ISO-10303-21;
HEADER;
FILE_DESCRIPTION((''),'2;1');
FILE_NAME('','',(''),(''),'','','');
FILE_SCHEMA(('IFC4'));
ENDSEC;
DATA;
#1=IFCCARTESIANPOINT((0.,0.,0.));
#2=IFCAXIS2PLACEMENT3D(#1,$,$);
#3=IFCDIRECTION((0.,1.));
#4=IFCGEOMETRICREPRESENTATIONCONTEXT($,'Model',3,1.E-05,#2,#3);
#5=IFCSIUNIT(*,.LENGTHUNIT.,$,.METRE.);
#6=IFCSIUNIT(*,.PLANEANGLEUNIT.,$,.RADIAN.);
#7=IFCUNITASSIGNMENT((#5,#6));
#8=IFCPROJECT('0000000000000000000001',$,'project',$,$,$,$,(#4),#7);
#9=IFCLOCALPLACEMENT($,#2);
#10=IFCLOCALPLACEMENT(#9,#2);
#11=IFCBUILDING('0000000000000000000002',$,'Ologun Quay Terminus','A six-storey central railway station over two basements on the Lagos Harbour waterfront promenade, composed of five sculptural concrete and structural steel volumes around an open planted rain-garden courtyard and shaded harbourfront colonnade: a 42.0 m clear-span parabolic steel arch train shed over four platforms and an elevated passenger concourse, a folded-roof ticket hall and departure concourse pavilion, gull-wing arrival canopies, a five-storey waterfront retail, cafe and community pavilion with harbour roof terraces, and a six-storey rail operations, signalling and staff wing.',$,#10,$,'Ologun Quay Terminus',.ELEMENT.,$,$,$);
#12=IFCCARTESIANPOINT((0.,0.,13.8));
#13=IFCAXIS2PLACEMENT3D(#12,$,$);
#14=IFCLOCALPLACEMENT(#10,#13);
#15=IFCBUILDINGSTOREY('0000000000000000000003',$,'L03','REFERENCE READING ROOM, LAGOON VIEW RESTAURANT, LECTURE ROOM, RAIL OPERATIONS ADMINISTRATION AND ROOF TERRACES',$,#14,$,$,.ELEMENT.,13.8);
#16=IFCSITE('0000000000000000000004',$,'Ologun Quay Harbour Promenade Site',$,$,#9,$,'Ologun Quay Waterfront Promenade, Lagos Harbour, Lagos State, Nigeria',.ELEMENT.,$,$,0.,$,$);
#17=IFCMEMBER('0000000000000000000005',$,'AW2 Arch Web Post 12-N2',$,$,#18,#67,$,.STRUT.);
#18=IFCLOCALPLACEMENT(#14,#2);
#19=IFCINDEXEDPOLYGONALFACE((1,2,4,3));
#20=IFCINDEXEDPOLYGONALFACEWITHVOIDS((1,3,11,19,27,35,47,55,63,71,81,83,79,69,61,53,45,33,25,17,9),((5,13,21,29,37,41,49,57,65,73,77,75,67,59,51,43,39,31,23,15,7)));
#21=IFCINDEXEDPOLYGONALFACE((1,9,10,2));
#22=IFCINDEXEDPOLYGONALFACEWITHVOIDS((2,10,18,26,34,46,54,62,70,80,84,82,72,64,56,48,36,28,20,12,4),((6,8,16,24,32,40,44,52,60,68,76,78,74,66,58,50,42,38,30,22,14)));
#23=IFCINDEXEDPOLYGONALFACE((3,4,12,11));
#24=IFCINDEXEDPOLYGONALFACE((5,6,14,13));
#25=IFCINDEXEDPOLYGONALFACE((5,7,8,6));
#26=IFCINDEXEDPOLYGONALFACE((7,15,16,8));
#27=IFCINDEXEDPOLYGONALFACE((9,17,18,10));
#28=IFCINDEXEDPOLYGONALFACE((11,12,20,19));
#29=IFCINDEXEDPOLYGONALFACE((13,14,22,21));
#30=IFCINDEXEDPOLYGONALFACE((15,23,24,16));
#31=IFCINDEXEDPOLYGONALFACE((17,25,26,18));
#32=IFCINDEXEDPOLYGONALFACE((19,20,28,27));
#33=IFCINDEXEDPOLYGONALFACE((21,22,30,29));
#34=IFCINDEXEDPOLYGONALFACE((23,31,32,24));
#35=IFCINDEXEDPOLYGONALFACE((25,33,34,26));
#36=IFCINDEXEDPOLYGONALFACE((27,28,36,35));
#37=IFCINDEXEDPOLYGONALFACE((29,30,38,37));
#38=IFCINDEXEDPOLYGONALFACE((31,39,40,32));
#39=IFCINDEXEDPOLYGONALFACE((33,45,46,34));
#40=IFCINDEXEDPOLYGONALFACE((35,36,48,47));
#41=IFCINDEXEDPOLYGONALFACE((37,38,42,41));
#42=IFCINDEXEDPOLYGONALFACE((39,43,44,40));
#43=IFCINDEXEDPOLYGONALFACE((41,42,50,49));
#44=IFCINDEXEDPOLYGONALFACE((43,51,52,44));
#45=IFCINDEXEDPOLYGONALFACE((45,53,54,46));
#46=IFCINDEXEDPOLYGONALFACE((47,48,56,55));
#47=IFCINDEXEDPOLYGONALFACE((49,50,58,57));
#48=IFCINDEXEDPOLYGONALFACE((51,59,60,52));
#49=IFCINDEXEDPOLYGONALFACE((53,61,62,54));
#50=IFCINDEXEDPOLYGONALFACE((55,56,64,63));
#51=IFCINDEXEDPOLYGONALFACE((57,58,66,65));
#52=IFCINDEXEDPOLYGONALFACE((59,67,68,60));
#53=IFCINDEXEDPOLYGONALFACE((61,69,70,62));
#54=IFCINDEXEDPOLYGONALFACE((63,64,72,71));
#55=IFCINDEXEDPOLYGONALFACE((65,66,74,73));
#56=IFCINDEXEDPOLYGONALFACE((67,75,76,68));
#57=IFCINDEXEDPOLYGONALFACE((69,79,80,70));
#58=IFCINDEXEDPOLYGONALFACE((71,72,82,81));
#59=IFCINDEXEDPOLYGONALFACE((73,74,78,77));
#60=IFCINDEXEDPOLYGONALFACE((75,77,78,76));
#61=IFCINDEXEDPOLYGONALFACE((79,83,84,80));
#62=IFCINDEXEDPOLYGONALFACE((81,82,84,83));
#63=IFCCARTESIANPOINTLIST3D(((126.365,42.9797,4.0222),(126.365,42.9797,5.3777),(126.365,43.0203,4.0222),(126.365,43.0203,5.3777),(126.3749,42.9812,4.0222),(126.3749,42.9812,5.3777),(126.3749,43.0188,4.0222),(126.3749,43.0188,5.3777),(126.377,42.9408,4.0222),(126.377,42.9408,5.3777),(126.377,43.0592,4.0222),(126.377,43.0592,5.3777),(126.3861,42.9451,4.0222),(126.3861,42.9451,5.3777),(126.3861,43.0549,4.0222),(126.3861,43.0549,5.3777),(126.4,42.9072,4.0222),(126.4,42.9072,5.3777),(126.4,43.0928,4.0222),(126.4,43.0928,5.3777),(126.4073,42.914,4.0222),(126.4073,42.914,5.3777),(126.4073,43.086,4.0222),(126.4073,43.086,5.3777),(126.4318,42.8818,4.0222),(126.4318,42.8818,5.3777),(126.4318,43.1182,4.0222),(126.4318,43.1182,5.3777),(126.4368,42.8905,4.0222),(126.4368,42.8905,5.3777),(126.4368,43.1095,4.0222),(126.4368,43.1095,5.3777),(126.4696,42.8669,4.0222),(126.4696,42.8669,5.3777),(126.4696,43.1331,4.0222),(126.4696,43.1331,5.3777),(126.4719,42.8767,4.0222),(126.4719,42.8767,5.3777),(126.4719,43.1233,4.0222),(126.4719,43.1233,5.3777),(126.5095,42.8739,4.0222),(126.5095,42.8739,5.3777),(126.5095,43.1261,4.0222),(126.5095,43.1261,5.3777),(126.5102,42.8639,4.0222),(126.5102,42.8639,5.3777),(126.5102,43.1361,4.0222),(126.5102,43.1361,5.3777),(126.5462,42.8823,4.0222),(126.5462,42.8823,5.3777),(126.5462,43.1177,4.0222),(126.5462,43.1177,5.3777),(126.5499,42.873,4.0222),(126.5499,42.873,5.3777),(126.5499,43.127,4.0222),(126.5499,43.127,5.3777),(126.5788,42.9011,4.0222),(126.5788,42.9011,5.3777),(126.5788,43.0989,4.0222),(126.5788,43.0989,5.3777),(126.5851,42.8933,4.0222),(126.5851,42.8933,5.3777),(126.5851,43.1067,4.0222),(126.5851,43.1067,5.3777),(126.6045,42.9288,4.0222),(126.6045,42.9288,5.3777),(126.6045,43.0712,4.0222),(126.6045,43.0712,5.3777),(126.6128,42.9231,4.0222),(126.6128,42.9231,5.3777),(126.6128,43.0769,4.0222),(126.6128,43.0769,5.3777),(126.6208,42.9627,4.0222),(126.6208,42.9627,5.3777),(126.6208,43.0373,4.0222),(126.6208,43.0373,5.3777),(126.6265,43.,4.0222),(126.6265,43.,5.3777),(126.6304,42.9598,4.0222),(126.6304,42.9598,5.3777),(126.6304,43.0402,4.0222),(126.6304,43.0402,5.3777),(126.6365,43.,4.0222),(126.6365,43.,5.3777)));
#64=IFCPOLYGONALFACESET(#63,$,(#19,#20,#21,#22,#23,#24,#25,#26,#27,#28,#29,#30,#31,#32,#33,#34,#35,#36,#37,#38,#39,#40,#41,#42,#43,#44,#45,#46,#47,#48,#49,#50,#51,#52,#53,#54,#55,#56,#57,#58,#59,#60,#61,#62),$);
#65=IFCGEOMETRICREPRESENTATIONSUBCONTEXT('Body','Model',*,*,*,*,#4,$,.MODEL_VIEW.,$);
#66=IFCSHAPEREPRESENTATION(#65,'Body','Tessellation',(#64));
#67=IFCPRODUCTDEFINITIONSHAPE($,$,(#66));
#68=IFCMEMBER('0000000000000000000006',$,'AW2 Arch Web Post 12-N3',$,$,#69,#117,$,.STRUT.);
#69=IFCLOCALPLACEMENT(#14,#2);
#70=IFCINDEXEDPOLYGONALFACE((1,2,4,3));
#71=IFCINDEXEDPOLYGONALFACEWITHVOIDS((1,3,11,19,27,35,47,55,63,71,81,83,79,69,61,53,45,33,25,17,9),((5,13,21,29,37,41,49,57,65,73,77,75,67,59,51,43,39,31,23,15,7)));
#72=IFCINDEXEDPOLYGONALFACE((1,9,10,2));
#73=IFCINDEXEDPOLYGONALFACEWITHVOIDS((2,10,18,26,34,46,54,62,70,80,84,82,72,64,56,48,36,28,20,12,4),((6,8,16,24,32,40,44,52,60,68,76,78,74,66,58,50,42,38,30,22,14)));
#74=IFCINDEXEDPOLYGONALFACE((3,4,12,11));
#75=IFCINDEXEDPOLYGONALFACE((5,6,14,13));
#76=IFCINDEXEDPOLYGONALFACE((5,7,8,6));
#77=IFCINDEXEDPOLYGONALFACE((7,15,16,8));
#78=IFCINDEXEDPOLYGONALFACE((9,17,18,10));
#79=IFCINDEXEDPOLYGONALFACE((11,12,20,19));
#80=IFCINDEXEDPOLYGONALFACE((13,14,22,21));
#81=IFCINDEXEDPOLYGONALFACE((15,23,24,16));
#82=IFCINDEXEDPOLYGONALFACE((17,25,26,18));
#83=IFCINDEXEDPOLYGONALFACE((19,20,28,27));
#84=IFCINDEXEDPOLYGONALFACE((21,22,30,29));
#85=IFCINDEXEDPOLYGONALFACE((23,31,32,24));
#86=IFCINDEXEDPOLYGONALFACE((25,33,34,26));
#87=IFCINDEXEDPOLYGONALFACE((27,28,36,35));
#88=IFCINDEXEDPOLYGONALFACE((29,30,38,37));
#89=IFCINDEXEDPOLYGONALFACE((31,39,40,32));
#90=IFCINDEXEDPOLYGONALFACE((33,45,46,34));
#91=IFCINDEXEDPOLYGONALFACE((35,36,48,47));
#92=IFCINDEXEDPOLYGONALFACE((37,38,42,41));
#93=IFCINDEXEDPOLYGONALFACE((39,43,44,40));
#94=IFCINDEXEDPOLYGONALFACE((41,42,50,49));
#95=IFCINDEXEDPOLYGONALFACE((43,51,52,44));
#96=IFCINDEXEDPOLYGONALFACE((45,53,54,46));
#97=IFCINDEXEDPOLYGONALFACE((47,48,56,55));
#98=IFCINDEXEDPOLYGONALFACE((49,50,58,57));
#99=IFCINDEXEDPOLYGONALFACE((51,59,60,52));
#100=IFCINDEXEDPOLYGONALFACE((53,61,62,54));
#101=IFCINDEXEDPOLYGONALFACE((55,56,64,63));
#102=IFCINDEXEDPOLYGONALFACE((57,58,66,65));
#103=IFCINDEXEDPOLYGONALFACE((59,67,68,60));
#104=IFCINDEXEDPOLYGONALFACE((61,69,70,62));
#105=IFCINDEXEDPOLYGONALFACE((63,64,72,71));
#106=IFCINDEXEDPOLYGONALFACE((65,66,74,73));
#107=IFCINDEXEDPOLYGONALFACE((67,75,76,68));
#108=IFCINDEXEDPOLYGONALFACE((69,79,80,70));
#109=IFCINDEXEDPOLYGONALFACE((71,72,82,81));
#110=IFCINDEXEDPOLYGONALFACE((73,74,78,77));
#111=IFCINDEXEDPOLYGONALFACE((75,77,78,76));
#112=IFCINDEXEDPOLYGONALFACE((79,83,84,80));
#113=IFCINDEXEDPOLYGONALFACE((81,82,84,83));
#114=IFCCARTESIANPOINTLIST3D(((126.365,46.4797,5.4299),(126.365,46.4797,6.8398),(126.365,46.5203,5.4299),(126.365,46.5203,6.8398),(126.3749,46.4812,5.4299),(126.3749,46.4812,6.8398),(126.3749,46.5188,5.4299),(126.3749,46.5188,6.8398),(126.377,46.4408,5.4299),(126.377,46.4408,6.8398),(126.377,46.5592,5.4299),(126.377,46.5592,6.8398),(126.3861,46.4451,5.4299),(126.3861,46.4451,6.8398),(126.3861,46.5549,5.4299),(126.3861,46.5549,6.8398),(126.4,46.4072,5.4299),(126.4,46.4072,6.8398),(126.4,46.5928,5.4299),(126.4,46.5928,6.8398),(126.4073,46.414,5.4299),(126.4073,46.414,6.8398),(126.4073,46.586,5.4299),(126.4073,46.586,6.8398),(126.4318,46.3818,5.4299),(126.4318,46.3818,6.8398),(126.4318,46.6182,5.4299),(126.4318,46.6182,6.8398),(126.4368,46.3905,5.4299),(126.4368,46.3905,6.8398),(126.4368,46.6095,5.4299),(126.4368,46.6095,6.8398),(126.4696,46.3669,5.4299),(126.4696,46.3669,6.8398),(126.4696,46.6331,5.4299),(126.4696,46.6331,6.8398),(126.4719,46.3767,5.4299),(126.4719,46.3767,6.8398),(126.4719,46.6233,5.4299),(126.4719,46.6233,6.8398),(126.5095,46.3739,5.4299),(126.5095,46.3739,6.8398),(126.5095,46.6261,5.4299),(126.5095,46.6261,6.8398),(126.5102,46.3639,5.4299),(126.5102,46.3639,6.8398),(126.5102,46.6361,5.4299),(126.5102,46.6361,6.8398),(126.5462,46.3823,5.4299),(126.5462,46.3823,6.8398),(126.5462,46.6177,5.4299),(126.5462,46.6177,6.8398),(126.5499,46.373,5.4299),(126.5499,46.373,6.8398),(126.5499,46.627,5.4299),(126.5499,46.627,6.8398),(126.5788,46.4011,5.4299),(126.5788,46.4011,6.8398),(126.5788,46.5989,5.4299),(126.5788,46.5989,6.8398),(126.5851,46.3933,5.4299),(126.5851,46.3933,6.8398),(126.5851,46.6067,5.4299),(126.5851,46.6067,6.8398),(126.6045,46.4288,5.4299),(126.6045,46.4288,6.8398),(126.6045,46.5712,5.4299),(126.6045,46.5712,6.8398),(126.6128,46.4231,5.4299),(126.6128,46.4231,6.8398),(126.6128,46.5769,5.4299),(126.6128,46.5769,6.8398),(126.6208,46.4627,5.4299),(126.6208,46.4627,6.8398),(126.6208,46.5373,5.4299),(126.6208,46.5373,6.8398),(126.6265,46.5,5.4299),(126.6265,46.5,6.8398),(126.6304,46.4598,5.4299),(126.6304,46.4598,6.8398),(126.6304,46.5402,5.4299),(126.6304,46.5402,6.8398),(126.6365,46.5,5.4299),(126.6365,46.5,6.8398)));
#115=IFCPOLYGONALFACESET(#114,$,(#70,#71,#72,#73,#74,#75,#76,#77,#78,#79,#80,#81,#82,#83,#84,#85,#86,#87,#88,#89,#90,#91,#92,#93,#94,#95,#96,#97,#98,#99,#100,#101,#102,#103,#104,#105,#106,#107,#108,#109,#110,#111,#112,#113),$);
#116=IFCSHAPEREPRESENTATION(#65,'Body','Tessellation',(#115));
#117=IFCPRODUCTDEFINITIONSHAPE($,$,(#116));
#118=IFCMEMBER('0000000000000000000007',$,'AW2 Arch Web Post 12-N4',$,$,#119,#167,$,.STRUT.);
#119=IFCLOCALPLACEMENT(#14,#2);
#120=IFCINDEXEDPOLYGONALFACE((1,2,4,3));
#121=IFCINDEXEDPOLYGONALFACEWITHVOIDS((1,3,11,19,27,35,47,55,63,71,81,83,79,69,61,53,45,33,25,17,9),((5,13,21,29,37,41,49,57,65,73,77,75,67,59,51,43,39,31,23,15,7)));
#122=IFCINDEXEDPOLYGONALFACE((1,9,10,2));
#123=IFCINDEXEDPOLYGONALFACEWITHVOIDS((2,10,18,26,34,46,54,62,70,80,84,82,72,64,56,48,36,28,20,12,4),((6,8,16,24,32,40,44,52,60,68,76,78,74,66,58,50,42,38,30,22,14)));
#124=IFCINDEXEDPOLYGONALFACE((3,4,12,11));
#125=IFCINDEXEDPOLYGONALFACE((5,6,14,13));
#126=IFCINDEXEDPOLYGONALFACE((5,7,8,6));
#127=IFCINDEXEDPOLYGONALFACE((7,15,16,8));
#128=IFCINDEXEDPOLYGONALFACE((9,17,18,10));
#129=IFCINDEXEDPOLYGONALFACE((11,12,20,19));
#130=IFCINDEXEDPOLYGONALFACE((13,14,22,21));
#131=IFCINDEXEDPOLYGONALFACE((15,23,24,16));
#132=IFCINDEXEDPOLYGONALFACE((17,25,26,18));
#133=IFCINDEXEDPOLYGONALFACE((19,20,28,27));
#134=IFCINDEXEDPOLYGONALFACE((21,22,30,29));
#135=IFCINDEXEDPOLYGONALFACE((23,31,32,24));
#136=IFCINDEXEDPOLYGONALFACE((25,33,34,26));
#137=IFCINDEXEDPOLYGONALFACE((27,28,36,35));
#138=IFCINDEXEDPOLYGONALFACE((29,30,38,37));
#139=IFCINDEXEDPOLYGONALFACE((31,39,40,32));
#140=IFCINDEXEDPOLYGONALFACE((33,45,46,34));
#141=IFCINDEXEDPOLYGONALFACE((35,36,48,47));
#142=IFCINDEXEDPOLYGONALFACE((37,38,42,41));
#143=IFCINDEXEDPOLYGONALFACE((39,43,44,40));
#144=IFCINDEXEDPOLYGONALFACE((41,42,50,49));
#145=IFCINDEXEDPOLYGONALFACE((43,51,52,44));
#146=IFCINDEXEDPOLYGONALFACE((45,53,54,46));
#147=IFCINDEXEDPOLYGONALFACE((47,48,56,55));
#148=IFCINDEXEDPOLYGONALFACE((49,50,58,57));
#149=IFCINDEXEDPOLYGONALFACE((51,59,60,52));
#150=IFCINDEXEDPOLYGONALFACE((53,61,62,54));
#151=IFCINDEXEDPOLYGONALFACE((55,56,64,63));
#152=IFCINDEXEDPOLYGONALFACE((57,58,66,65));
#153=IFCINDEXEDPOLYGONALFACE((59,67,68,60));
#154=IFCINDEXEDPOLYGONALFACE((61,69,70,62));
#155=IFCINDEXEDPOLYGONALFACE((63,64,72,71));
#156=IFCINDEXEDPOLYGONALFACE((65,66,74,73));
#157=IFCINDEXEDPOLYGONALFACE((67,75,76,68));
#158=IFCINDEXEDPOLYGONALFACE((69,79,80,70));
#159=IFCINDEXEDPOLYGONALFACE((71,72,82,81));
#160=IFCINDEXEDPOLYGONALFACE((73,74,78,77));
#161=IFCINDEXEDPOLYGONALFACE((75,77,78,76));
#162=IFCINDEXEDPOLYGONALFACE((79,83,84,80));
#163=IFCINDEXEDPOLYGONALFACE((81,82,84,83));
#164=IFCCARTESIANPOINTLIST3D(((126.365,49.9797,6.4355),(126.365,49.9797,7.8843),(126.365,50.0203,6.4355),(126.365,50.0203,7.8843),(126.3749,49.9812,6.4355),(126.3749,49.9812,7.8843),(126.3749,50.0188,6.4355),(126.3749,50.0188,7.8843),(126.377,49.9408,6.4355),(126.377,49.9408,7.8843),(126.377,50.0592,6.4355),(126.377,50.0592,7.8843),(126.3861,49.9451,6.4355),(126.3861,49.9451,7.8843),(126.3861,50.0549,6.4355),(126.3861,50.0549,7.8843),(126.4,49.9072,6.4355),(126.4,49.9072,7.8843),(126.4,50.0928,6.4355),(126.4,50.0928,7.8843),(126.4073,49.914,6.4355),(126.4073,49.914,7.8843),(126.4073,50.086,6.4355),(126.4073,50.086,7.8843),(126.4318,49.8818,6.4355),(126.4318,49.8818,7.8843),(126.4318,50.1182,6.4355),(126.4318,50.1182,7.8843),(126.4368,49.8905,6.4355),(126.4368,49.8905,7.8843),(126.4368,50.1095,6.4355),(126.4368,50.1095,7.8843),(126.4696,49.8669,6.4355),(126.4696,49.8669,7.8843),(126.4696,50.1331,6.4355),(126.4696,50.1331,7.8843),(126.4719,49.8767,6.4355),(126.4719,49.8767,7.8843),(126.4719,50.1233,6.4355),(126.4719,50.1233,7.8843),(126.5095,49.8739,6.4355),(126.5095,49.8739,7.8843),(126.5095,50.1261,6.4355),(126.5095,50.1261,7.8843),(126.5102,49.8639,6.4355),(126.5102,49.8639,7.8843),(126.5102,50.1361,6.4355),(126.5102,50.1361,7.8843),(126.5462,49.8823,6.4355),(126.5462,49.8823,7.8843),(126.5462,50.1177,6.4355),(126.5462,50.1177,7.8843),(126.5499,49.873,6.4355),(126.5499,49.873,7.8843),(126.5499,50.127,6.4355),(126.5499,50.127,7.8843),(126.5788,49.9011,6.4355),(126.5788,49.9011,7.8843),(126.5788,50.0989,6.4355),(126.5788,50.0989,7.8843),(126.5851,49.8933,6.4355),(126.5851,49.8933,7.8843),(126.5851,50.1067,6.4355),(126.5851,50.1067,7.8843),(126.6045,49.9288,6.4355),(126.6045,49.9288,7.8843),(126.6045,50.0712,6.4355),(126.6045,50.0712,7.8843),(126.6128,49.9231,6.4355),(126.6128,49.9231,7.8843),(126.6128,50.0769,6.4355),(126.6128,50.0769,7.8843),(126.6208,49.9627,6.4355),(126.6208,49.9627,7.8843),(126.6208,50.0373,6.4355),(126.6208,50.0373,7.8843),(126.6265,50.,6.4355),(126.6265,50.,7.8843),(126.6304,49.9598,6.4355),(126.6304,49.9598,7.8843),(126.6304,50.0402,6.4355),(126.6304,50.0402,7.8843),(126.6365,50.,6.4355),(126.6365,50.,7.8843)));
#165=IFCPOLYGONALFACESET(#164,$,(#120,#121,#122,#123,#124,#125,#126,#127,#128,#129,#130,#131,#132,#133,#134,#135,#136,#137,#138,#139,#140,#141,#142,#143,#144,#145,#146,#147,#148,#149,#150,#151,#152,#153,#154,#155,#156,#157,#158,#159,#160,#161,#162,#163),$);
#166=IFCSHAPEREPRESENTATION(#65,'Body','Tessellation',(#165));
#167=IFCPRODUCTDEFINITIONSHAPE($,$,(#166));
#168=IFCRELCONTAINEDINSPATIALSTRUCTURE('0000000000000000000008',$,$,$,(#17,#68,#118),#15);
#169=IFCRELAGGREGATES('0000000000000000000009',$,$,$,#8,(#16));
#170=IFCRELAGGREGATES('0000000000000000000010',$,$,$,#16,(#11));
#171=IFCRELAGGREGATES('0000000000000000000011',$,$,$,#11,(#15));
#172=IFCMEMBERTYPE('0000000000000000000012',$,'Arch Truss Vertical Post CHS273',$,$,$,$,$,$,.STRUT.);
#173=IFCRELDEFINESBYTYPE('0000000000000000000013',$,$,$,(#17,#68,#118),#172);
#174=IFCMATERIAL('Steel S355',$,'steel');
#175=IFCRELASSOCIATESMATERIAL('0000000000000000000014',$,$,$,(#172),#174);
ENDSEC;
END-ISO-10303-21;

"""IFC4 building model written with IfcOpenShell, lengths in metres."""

from ifc_helpers import new_model, si_unit, direction, frame, origin, origin_2d, place, context, subcontext, project, spatial, hollow_circle, extrude, material, material_profile, profile_set, type_object, element, save


model = new_model("IFC4")

# Units and contexts
model_context = context("Model", 3, precision=1e-05, world=origin(), true_north=direction((0.0, 1.0)))
body_context = subcontext(model_context, "Body", "Model", "MODEL_VIEW")
ifc_project = project(units=[si_unit("LENGTHUNIT", "METRE"), si_unit("PLANEANGLEUNIT", "RADIAN")], contexts=[model_context])

# Site, building, storey
site_placement = place(None, origin())
site = spatial("IfcSite", under=ifc_project, at=site_placement, Name="Ologun Quay Harbour Promenade Site", LongName="Ologun Quay Waterfront Promenade, Lagos Harbour, Lagos State, Nigeria", CompositionType="ELEMENT", RefElevation=0.0)
building_placement = place(site_placement, origin())
building = spatial("IfcBuilding", under=site, at=building_placement, Name="Ologun Quay Terminus", Description="A six-storey central railway station over two basements on the Lagos Harbour waterfront promenade, composed of five sculptural concrete and structural steel volumes around an open planted rain-garden courtyard and shaded harbourfront colonnade: a 42.0 m clear-span parabolic steel arch train shed over four platforms and an elevated passenger concourse, a folded-roof ticket hall and departure concourse pavilion, gull-wing arrival canopies, a five-storey waterfront retail, cafe and community pavilion with harbour roof terraces, and a six-storey rail operations, signalling and staff wing.", LongName="Ologun Quay Terminus", CompositionType="ELEMENT")
storey_placement = place(building_placement, frame((0.0, 0.0, 13.8)))
storey = spatial("IfcBuildingStorey", under=building, at=storey_placement, Name="L03", Description="REFERENCE READING ROOM, LAGOON VIEW RESTAURANT, LECTURE ROOM, RAIL OPERATIONS ADMINISTRATION AND ROOF TERRACES", CompositionType="ELEMENT", Elevation=13.8)

# Members
ifc_material_1 = material(Name="Steel S355", Category="steel")
ifc_material_profile_1 = material_profile(ifc_material_1, hollow_circle(Radius=0.1365, WallThickness=0.01, at=origin_2d()), Name="CHS 273x10")
ifc_profile_set_1 = profile_set([ifc_material_profile_1], Name="Steel S355")
member_type_1 = type_object("IfcMemberType", Name="Arch Truss Vertical Post CHS273", PredefinedType="STRUT", material=ifc_profile_set_1)
member_1_placement = place(storey_placement, frame((126.5, 43.0, 4.0222), z_axis=(0.0, 0.0, 1.0), x_axis=(1.0, 0.0, 0.0)))
element("IfcMember", 1, at=member_1_placement, inside=storey, type_object=member_type_1, Name="AW2 Arch Web Post 12-N2", PredefinedType="STRUT", context=body_context, shape_type="SweptSolid", body=[
    extrude(hollow_circle(Radius=0.1365, WallThickness=0.01, at=origin_2d()), origin(), (0.0, 0.0, 1.0), 1.3555),
])
member_2_placement = place(storey_placement, frame((126.5, 46.5, 5.4299), z_axis=(0.0, 0.0, 1.0), x_axis=(1.0, 0.0, 0.0)))
element("IfcMember", 2, at=member_2_placement, inside=storey, type_object=member_type_1, Name="AW2 Arch Web Post 12-N3", PredefinedType="STRUT", context=body_context, shape_type="SweptSolid", body=[
    extrude(hollow_circle(Radius=0.1365, WallThickness=0.01, at=origin_2d()), origin(), (0.0, 0.0, 1.0), 1.4099),
])
member_3_placement = place(storey_placement, frame((126.5, 50.0, 6.4355), z_axis=(0.0, 0.0, 1.0), x_axis=(1.0, 0.0, 0.0)))
element("IfcMember", 3, at=member_3_placement, inside=storey, type_object=member_type_1, Name="AW2 Arch Web Post 12-N4", PredefinedType="STRUT", context=body_context, shape_type="SweptSolid", body=[
    extrude(hollow_circle(Radius=0.1365, WallThickness=0.01, at=origin_2d()), origin(), (0.0, 0.0, 1.0), 1.4487),
])

save(model, "model.ifc")
